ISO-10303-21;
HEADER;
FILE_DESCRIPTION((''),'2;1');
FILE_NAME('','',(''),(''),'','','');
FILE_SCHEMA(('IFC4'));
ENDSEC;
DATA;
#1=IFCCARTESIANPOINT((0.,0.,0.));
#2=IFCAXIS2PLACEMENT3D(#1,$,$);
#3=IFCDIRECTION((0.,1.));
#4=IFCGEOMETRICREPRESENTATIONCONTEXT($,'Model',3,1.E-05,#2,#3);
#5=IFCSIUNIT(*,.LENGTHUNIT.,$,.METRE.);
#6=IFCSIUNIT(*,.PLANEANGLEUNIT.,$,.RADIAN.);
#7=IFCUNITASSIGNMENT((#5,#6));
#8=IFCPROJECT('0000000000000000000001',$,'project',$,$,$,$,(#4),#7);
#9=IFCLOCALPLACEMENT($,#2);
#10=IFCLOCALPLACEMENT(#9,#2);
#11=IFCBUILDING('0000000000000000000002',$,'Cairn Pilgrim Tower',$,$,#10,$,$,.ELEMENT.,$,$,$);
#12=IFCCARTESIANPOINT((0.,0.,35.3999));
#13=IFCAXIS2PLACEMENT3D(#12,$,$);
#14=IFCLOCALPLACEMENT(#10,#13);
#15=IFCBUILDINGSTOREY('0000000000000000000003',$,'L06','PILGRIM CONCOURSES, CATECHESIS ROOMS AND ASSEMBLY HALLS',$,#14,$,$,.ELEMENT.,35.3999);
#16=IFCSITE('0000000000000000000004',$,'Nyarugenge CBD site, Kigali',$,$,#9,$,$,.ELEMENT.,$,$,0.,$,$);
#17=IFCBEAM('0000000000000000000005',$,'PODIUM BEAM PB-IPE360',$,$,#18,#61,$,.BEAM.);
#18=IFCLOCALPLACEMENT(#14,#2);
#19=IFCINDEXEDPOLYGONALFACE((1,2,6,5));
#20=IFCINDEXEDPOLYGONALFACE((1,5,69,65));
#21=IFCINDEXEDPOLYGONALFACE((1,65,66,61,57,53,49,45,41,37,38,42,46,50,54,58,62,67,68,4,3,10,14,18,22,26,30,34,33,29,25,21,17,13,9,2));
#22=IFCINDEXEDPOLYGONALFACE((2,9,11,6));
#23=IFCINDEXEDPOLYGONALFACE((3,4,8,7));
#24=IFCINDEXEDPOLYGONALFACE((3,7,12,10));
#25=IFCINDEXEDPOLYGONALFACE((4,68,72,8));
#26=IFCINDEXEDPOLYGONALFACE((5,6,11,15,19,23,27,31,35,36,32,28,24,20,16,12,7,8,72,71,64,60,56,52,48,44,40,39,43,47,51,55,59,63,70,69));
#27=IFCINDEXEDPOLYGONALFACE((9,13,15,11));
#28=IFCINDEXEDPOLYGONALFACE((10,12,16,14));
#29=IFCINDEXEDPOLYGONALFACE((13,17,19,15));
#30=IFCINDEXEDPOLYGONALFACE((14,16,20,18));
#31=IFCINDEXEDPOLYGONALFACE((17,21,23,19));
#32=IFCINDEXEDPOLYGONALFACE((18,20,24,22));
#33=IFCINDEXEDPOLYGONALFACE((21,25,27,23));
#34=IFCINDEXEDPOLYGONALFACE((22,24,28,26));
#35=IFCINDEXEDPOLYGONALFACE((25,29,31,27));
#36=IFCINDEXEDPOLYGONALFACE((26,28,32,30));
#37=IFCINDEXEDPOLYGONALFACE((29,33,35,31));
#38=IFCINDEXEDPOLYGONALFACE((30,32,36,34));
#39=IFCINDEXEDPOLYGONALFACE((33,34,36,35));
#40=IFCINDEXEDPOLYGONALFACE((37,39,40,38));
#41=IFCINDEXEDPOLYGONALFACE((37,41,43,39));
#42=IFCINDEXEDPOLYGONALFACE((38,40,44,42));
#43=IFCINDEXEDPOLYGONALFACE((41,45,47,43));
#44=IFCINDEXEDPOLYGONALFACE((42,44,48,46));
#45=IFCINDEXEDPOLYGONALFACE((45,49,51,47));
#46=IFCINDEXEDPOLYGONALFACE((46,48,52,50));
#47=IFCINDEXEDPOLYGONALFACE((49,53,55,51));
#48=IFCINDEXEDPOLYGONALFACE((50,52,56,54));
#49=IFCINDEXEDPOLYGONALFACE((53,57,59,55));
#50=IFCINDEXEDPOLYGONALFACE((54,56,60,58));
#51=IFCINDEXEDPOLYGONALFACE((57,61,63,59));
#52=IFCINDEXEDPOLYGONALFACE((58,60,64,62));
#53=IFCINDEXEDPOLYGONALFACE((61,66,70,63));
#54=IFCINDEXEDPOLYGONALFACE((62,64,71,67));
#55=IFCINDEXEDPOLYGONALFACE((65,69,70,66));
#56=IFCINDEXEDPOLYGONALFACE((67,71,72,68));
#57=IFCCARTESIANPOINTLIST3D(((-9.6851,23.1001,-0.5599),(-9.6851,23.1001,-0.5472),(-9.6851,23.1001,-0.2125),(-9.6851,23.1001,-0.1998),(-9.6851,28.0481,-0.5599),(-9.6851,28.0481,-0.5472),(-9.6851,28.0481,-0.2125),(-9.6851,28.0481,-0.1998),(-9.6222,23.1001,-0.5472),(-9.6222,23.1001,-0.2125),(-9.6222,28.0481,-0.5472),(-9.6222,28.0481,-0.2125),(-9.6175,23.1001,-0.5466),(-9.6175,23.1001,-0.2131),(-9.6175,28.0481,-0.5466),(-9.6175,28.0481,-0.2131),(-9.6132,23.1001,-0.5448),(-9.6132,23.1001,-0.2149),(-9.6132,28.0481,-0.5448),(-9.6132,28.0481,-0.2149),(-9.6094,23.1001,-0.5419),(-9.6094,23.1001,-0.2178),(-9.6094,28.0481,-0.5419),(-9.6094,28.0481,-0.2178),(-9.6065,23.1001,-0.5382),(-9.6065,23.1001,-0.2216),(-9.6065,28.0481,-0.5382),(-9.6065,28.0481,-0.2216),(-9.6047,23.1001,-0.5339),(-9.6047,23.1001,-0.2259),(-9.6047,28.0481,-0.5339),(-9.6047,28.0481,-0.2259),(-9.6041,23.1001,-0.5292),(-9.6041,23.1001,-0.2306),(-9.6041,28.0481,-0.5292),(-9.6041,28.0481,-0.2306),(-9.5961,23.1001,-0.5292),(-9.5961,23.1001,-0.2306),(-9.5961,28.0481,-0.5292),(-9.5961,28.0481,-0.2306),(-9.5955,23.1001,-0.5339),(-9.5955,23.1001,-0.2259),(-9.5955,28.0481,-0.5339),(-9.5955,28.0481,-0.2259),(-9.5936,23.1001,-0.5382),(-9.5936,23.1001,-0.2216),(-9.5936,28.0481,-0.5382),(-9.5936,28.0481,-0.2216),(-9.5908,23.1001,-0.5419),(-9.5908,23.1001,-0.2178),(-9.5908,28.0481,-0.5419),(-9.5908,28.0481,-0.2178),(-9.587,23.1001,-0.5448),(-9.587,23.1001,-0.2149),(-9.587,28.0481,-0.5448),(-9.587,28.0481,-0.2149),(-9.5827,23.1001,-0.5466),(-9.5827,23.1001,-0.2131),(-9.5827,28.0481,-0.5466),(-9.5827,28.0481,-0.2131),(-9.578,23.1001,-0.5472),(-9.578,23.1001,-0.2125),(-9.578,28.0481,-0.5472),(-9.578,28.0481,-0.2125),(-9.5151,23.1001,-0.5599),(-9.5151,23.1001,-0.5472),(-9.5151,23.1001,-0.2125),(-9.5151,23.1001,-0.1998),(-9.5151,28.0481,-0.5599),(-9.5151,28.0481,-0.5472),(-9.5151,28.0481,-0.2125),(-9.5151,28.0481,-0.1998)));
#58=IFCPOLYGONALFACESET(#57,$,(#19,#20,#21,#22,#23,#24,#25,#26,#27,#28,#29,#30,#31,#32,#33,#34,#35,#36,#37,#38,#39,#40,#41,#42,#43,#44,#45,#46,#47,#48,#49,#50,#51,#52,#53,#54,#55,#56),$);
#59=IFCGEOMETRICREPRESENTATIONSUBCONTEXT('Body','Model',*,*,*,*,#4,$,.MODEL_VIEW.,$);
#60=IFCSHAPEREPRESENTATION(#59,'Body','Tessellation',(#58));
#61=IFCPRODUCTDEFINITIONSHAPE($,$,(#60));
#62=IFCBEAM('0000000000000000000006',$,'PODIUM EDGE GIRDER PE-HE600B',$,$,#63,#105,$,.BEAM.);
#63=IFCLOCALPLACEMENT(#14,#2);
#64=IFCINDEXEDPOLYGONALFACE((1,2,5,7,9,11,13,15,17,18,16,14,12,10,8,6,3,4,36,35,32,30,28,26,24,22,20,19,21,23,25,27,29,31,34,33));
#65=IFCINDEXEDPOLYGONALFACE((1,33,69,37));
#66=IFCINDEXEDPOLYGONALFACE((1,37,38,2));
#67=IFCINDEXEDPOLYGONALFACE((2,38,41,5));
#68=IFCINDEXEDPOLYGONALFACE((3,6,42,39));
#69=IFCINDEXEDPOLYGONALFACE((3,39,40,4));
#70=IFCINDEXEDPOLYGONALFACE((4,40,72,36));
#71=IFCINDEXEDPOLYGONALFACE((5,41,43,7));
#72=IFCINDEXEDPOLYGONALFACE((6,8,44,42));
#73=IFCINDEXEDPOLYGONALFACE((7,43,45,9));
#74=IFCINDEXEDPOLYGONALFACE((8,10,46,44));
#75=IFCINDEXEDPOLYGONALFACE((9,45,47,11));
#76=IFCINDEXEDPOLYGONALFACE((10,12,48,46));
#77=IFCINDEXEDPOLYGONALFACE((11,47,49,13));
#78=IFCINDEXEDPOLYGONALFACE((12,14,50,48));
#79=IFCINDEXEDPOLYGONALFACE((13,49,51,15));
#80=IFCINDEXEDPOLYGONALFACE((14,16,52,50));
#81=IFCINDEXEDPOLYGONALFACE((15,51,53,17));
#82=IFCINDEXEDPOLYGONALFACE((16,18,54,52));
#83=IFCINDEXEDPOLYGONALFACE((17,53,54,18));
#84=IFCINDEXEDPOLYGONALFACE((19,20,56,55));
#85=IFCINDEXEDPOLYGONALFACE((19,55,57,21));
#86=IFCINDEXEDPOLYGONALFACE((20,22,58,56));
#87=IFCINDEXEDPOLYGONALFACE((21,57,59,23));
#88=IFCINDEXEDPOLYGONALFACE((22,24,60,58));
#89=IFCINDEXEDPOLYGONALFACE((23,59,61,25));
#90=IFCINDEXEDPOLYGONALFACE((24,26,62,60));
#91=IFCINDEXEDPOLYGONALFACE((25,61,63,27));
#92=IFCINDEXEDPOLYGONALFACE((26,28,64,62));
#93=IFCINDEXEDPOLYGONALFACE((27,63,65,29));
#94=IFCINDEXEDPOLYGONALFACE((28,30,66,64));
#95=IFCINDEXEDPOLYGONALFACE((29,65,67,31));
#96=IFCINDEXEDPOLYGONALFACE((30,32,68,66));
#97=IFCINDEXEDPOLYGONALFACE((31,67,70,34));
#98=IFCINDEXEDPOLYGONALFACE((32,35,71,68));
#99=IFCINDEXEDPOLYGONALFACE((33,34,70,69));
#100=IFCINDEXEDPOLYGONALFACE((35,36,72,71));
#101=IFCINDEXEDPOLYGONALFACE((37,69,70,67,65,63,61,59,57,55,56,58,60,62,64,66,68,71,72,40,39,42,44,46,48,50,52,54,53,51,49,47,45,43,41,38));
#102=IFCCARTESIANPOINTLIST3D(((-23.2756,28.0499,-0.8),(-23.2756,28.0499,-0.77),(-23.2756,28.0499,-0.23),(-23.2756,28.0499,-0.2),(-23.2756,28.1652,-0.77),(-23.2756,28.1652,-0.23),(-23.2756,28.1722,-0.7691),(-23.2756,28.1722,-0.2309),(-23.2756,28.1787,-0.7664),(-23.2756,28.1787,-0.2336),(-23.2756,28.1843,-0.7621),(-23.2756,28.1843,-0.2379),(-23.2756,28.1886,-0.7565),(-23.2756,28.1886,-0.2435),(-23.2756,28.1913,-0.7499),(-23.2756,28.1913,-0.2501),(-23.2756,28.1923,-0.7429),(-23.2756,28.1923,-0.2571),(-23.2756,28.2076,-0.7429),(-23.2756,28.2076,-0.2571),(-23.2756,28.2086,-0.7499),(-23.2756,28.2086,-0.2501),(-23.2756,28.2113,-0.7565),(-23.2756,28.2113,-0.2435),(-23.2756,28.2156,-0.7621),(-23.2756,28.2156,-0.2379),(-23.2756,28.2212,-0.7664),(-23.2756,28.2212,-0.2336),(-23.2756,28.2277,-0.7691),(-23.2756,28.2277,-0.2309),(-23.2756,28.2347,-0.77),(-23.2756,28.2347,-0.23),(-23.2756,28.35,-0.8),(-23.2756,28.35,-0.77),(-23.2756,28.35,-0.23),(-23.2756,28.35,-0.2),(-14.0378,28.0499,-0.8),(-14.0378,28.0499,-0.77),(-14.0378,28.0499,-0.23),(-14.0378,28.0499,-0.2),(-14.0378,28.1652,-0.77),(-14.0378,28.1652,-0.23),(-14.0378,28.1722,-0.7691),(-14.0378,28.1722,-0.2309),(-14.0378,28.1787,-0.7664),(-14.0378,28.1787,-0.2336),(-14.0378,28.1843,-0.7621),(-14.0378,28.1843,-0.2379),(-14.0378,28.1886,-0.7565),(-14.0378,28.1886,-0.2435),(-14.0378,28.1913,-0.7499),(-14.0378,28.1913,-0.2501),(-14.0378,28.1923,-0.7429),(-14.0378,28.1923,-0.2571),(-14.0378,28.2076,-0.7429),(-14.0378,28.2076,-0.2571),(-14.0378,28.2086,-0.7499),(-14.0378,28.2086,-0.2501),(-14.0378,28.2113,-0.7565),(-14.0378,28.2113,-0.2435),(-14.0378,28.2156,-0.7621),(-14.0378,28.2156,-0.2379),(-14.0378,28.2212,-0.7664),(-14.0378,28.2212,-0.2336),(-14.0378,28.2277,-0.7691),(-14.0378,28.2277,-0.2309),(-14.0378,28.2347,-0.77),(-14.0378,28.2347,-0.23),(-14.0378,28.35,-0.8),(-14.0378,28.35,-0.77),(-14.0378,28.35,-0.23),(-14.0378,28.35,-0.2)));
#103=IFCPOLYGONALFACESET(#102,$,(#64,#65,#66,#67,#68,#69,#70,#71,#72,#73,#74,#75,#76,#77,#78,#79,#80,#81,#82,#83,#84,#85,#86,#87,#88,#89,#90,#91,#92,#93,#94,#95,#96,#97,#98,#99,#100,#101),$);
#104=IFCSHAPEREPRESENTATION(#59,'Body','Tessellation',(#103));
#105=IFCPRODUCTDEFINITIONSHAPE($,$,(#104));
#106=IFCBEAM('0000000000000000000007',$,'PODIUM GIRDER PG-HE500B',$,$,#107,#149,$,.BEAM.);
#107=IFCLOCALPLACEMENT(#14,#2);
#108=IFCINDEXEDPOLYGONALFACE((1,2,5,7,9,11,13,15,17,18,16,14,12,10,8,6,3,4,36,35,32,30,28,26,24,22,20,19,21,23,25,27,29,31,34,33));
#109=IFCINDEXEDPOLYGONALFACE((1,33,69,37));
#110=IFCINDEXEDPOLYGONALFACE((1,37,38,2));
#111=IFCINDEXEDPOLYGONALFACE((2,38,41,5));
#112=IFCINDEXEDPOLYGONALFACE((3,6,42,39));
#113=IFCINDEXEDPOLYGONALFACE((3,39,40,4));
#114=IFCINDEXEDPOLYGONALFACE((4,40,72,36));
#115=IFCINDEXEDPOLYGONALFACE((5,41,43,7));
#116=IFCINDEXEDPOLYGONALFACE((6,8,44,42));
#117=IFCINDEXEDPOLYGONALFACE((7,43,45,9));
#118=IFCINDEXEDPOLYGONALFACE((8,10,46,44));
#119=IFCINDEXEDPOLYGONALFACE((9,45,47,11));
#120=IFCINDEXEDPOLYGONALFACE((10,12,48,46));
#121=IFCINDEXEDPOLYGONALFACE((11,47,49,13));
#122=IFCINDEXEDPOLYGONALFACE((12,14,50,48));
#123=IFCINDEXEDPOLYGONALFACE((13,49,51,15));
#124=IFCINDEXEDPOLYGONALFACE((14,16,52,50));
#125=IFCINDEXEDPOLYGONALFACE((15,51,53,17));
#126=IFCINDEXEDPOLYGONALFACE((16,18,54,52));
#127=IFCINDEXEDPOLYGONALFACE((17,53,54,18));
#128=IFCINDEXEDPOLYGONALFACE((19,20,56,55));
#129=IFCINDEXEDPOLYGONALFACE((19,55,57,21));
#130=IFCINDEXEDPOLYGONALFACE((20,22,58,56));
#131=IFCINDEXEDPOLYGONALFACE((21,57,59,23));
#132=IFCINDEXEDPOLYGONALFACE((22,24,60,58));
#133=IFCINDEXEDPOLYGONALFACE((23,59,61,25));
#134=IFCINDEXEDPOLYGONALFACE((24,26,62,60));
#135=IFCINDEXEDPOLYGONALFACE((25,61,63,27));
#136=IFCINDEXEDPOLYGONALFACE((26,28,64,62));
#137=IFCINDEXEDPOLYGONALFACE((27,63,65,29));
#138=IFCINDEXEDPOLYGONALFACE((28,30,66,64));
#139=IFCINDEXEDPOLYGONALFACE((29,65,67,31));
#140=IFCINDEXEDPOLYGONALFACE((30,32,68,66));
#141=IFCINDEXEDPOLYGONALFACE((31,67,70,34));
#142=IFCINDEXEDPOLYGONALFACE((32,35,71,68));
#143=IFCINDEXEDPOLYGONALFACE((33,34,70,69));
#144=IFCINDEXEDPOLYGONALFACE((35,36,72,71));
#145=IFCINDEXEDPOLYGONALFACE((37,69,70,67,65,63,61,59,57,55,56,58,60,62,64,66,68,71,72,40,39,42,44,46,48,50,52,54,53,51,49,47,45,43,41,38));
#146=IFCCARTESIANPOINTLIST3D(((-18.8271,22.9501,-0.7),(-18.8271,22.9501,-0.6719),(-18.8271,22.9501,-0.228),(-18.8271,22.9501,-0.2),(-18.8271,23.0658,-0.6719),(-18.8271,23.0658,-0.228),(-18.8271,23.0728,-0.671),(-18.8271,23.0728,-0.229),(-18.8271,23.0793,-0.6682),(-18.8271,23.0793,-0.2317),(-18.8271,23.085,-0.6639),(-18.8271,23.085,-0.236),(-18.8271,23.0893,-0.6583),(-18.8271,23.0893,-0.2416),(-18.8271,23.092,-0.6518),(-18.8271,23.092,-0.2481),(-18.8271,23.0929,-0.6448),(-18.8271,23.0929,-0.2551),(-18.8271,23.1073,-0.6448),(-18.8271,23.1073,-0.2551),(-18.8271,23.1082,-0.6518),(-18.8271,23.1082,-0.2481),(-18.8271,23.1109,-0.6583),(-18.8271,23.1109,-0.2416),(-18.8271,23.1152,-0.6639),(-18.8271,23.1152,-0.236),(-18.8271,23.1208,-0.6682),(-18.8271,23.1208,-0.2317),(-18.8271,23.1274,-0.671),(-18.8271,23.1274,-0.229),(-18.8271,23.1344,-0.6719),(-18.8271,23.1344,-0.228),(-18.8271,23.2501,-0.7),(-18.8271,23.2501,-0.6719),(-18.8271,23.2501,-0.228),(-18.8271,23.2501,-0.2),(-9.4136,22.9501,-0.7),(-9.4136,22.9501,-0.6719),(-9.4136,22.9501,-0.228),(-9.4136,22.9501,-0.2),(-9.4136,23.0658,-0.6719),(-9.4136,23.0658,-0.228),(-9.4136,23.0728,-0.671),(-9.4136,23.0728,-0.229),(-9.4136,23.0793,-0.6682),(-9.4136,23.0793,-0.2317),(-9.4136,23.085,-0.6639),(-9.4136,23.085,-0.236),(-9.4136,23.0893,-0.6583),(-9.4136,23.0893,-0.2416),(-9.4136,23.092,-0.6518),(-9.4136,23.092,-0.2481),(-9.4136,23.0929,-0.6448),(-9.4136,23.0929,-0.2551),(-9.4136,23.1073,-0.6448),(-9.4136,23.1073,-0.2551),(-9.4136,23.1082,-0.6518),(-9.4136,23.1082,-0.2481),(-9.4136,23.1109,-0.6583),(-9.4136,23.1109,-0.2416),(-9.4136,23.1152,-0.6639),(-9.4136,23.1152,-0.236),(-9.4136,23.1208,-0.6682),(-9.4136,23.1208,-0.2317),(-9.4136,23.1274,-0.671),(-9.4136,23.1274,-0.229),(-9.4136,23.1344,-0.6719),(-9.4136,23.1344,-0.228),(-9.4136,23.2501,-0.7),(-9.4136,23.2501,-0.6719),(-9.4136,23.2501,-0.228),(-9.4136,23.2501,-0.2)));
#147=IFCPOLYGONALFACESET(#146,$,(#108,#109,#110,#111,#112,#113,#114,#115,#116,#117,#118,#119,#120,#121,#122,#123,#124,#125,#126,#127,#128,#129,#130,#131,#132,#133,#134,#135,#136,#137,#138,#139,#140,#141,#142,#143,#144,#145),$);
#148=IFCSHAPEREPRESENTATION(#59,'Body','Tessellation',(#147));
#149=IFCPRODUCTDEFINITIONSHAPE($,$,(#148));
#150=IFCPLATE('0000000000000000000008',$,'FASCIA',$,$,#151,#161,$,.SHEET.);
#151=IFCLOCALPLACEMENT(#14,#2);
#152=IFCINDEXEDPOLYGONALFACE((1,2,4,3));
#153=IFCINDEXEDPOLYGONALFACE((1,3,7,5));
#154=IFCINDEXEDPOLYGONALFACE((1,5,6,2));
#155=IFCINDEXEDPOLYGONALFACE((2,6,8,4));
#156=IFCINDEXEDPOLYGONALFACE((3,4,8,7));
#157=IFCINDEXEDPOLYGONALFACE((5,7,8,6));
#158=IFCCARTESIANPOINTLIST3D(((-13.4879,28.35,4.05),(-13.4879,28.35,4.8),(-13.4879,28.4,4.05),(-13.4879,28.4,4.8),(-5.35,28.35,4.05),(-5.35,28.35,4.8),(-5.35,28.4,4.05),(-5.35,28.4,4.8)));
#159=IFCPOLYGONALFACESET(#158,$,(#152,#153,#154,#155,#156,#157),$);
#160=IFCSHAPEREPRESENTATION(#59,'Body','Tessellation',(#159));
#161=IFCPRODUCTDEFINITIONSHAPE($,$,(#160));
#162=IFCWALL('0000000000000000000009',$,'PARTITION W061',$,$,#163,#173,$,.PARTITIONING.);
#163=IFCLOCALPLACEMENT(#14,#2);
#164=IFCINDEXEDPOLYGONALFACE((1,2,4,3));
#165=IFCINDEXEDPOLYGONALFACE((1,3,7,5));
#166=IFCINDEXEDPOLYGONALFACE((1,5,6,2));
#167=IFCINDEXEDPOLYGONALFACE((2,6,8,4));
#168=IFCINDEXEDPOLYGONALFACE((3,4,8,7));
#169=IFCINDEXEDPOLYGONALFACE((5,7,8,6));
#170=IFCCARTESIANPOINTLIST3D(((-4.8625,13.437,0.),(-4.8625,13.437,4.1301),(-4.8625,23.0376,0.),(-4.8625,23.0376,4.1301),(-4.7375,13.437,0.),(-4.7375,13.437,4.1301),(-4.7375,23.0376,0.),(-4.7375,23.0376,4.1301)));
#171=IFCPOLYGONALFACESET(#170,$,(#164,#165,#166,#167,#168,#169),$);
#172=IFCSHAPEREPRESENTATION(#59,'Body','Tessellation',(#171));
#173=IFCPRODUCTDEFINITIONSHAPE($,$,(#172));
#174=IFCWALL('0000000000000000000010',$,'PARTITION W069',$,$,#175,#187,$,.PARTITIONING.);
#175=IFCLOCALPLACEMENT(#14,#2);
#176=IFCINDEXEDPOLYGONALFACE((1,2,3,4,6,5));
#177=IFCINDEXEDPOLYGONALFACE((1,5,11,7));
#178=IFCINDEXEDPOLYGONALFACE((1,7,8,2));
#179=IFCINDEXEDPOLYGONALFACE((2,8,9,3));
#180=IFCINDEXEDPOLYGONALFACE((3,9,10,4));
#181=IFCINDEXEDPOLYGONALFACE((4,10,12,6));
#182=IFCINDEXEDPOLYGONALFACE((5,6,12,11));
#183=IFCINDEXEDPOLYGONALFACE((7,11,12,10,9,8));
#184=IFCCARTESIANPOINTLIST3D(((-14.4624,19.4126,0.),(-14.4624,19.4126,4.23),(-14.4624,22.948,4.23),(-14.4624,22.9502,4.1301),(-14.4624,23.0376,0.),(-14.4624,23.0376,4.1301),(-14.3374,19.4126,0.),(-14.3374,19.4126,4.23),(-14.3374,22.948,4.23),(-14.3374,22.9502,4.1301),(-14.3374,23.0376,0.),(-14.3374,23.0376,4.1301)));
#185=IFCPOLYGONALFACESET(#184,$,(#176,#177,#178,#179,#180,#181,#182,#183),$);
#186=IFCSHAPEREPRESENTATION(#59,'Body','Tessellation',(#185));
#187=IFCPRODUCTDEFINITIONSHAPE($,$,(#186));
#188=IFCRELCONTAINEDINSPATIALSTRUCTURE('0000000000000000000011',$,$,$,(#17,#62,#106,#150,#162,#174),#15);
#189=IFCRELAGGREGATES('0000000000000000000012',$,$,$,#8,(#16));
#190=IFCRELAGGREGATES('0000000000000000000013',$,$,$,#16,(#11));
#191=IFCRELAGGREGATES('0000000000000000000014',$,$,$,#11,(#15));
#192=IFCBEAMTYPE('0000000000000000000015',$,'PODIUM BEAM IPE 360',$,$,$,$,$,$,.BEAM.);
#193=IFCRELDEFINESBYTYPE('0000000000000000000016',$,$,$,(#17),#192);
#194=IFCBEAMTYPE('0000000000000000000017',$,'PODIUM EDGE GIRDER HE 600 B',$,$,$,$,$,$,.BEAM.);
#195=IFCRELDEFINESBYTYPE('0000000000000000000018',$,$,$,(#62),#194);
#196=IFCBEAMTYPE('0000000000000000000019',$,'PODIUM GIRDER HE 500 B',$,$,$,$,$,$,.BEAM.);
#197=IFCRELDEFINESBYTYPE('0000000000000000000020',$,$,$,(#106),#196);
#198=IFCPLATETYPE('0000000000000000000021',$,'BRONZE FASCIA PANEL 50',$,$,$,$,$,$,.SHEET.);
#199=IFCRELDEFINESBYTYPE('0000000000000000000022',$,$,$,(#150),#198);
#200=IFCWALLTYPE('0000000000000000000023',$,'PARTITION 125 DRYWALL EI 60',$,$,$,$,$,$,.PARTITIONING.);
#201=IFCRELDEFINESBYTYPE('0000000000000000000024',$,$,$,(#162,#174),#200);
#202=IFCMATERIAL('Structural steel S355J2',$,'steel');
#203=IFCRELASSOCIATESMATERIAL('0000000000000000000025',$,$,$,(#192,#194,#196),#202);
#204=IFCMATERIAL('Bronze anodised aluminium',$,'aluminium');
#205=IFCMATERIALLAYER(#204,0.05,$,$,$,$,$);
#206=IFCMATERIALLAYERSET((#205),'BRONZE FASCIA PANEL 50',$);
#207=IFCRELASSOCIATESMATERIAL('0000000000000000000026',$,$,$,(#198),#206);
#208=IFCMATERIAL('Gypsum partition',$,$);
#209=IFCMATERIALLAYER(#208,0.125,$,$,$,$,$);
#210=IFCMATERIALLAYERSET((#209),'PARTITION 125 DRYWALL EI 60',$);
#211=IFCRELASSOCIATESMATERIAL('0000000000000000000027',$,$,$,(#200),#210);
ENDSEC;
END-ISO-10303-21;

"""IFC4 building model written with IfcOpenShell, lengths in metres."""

from ifc_helpers import new_model, si_unit, direction, frame, frame_2d, origin, origin_2d, place, context, subcontext, project, spatial, polyline, rectangle, i_section, outline, extrude, material, layer, layer_set, material_profile, profile_set, type_object, element, save


model = new_model("IFC4")

# Units and contexts
model_context = context("Model", 3, precision=1e-05, world=origin(), true_north=direction((0.0, 1.0)))
body_context = subcontext(model_context, "Body", "Model", "MODEL_VIEW")
ifc_project = project(units=[si_unit("LENGTHUNIT", "METRE"), si_unit("PLANEANGLEUNIT", "RADIAN")], contexts=[model_context])

# Site, building, storey
site_placement = place(None, origin())
site = spatial("IfcSite", under=ifc_project, at=site_placement, Name="Nyarugenge CBD site, Kigali", CompositionType="ELEMENT", RefElevation=0.0)
building_placement = place(site_placement, origin())
building = spatial("IfcBuilding", under=site, at=building_placement, Name="Cairn Pilgrim Tower", CompositionType="ELEMENT")
storey_placement = place(building_placement, frame((0.0, 0.0, 35.3999)))
storey = spatial("IfcBuildingStorey", under=building, at=storey_placement, Name="L06", Description="PILGRIM CONCOURSES, CATECHESIS ROOMS AND ASSEMBLY HALLS", CompositionType="ELEMENT", Elevation=35.3999)

# Beams
ifc_material_1 = material(Name="Structural steel S355J2", Category="steel")
ifc_material_profile_1 = material_profile(ifc_material_1, i_section(OverallWidth=0.1699, OverallDepth=0.3601, WebThickness=0.0081, FlangeThickness=0.0127, FilletRadius=0.0181, at=origin_2d()), Name="IPE 360")
ifc_profile_set_1 = profile_set([ifc_material_profile_1], Name="Structural steel S355J2")
beam_type_1 = type_object("IfcBeamType", Name="PODIUM BEAM IPE 360", PredefinedType="BEAM", material=ifc_profile_set_1)
beam_1_placement = place(storey_placement, frame((-9.6001, 23.1001, -0.3799), z_axis=(0.0, 1.0, 0.0), x_axis=(-1.0, 0.0, 0.0)))
element("IfcBeam", 1, at=beam_1_placement, inside=storey, type_object=beam_type_1, Name="PODIUM BEAM PB-IPE360", PredefinedType="BEAM", context=body_context, shape_type="SweptSolid", body=[
    extrude(i_section(OverallWidth=0.1699, OverallDepth=0.3601, WebThickness=0.0081, FlangeThickness=0.0127, FilletRadius=0.0181, at=origin_2d()), origin(), (0.0, 0.0, 1.0), 4.948),
])
ifc_material_profile_2 = material_profile(ifc_material_1, i_section(OverallWidth=0.3, OverallDepth=0.6001, WebThickness=0.0154, FlangeThickness=0.03, FilletRadius=0.0271, at=origin_2d()), Name="HEB 600")
ifc_profile_set_2 = profile_set([ifc_material_profile_2], Name="Structural steel S355J2")
beam_type_2 = type_object("IfcBeamType", Name="PODIUM EDGE GIRDER HE 600 B", PredefinedType="BEAM", material=ifc_profile_set_2)
beam_2_placement = place(storey_placement, frame((-14.0378, 28.2, -0.5), z_axis=(-1.0, 0.0, 0.0), x_axis=(0.0, -1.0, 0.0)))
element("IfcBeam", 2, at=beam_2_placement, inside=storey, type_object=beam_type_2, Name="PODIUM EDGE GIRDER PE-HE600B", PredefinedType="BEAM", context=body_context, shape_type="SweptSolid", body=[
    extrude(i_section(OverallWidth=0.3, OverallDepth=0.6001, WebThickness=0.0154, FlangeThickness=0.03, FilletRadius=0.0271, at=origin_2d()), origin(), (0.0, 0.0, 1.0), 9.2378),
])
ifc_material_profile_3 = material_profile(ifc_material_1, i_section(OverallWidth=0.3, OverallDepth=0.5, WebThickness=0.0144, FlangeThickness=0.0281, FilletRadius=0.0271, at=origin_2d()), Name="HEB 500")
ifc_profile_set_3 = profile_set([ifc_material_profile_3], Name="Structural steel S355J2")
beam_type_3 = type_object("IfcBeamType", Name="PODIUM GIRDER HE 500 B", PredefinedType="BEAM", material=ifc_profile_set_3)
beam_3_placement = place(storey_placement, frame((-9.4136, 23.1001, -0.45), z_axis=(-1.0, 0.0, 0.0), x_axis=(0.0, -1.0, 0.0)))
element("IfcBeam", 3, at=beam_3_placement, inside=storey, type_object=beam_type_3, Name="PODIUM GIRDER PG-HE500B", PredefinedType="BEAM", context=body_context, shape_type="SweptSolid", body=[
    extrude(i_section(OverallWidth=0.3, OverallDepth=0.5, WebThickness=0.0144, FlangeThickness=0.0281, FilletRadius=0.0271, at=origin_2d()), origin(), (0.0, 0.0, 1.0), 9.4136),
])

# Plate
ifc_material_2 = material(Name="Bronze anodised aluminium", Category="aluminium")
ifc_layer_1 = layer(ifc_material_2, 0.05)
ifc_layer_set_1 = layer_set([ifc_layer_1], Name="BRONZE FASCIA PANEL 50")
plate_type = type_object("IfcPlateType", Name="BRONZE FASCIA PANEL 50", PredefinedType="SHEET", material=ifc_layer_set_1)
plate_placement = place(storey_placement, frame((-9.4189, 28.375, 4.05), z_axis=(0.0, 0.0, 1.0), x_axis=(-1.0, 0.0, 0.0)))
element("IfcPlate", 4, at=plate_placement, inside=storey, type_object=plate_type, Name="FASCIA", PredefinedType="SHEET", context=body_context, shape_type="SweptSolid", body=[
    extrude(rectangle(XDim=8.1379, YDim=0.05, at=origin_2d()), origin(), (0.0, 0.0, 1.0), 0.75),
])

# Walls
ifc_material_3 = material(Name="Gypsum partition")
ifc_layer_2 = layer(ifc_material_3, 0.125)
ifc_layer_set_2 = layer_set([ifc_layer_2], Name="PARTITION 125 DRYWALL EI 60")
wall_type_1 = type_object("IfcWallType", Name="PARTITION 125 DRYWALL EI 60", PredefinedType="PARTITIONING", material=ifc_layer_set_2)
wall_1_placement = place(storey_placement, frame((-4.8, 13.437, 0.0), z_axis=(0.0, 0.0, 1.0), x_axis=(0.0, 1.0, 0.0)))
element("IfcWall", 5, at=wall_1_placement, inside=storey, type_object=wall_type_1, Name="PARTITION W061", PredefinedType="PARTITIONING", context=body_context, shape_type="SweptSolid", body=[
    extrude(rectangle(XDim=9.6006, YDim=0.125, at=frame_2d((4.8003, 0.0))), origin(), (0.0, 0.0, 1.0), 4.1301),
])
wall_2_placement = place(storey_placement, frame((-14.3999, 19.4126, 0.0), z_axis=(0.0, 0.0, 1.0), x_axis=(0.0, 1.0, 0.0)))
element("IfcWall", 6, at=wall_2_placement, inside=storey, type_object=wall_type_1, Name="PARTITION W069", PredefinedType="PARTITIONING", context=body_context, shape_type="SweptSolid", body=[
    extrude(outline(polyline([(0.0, 0.0), (3.625, 0.0), (3.625, 4.1301), (3.5376, 4.1301), (3.5354, 4.23), (0.0, 4.23), (0.0, 0.0)])), frame((0.0, 0.0625, 0.0), z_axis=(0.0, -1.0, 0.0), x_axis=(1.0, 0.0, 0.0)), (0.0, 0.0, 1.0), 0.125),
])

save(model, "model.ifc")
